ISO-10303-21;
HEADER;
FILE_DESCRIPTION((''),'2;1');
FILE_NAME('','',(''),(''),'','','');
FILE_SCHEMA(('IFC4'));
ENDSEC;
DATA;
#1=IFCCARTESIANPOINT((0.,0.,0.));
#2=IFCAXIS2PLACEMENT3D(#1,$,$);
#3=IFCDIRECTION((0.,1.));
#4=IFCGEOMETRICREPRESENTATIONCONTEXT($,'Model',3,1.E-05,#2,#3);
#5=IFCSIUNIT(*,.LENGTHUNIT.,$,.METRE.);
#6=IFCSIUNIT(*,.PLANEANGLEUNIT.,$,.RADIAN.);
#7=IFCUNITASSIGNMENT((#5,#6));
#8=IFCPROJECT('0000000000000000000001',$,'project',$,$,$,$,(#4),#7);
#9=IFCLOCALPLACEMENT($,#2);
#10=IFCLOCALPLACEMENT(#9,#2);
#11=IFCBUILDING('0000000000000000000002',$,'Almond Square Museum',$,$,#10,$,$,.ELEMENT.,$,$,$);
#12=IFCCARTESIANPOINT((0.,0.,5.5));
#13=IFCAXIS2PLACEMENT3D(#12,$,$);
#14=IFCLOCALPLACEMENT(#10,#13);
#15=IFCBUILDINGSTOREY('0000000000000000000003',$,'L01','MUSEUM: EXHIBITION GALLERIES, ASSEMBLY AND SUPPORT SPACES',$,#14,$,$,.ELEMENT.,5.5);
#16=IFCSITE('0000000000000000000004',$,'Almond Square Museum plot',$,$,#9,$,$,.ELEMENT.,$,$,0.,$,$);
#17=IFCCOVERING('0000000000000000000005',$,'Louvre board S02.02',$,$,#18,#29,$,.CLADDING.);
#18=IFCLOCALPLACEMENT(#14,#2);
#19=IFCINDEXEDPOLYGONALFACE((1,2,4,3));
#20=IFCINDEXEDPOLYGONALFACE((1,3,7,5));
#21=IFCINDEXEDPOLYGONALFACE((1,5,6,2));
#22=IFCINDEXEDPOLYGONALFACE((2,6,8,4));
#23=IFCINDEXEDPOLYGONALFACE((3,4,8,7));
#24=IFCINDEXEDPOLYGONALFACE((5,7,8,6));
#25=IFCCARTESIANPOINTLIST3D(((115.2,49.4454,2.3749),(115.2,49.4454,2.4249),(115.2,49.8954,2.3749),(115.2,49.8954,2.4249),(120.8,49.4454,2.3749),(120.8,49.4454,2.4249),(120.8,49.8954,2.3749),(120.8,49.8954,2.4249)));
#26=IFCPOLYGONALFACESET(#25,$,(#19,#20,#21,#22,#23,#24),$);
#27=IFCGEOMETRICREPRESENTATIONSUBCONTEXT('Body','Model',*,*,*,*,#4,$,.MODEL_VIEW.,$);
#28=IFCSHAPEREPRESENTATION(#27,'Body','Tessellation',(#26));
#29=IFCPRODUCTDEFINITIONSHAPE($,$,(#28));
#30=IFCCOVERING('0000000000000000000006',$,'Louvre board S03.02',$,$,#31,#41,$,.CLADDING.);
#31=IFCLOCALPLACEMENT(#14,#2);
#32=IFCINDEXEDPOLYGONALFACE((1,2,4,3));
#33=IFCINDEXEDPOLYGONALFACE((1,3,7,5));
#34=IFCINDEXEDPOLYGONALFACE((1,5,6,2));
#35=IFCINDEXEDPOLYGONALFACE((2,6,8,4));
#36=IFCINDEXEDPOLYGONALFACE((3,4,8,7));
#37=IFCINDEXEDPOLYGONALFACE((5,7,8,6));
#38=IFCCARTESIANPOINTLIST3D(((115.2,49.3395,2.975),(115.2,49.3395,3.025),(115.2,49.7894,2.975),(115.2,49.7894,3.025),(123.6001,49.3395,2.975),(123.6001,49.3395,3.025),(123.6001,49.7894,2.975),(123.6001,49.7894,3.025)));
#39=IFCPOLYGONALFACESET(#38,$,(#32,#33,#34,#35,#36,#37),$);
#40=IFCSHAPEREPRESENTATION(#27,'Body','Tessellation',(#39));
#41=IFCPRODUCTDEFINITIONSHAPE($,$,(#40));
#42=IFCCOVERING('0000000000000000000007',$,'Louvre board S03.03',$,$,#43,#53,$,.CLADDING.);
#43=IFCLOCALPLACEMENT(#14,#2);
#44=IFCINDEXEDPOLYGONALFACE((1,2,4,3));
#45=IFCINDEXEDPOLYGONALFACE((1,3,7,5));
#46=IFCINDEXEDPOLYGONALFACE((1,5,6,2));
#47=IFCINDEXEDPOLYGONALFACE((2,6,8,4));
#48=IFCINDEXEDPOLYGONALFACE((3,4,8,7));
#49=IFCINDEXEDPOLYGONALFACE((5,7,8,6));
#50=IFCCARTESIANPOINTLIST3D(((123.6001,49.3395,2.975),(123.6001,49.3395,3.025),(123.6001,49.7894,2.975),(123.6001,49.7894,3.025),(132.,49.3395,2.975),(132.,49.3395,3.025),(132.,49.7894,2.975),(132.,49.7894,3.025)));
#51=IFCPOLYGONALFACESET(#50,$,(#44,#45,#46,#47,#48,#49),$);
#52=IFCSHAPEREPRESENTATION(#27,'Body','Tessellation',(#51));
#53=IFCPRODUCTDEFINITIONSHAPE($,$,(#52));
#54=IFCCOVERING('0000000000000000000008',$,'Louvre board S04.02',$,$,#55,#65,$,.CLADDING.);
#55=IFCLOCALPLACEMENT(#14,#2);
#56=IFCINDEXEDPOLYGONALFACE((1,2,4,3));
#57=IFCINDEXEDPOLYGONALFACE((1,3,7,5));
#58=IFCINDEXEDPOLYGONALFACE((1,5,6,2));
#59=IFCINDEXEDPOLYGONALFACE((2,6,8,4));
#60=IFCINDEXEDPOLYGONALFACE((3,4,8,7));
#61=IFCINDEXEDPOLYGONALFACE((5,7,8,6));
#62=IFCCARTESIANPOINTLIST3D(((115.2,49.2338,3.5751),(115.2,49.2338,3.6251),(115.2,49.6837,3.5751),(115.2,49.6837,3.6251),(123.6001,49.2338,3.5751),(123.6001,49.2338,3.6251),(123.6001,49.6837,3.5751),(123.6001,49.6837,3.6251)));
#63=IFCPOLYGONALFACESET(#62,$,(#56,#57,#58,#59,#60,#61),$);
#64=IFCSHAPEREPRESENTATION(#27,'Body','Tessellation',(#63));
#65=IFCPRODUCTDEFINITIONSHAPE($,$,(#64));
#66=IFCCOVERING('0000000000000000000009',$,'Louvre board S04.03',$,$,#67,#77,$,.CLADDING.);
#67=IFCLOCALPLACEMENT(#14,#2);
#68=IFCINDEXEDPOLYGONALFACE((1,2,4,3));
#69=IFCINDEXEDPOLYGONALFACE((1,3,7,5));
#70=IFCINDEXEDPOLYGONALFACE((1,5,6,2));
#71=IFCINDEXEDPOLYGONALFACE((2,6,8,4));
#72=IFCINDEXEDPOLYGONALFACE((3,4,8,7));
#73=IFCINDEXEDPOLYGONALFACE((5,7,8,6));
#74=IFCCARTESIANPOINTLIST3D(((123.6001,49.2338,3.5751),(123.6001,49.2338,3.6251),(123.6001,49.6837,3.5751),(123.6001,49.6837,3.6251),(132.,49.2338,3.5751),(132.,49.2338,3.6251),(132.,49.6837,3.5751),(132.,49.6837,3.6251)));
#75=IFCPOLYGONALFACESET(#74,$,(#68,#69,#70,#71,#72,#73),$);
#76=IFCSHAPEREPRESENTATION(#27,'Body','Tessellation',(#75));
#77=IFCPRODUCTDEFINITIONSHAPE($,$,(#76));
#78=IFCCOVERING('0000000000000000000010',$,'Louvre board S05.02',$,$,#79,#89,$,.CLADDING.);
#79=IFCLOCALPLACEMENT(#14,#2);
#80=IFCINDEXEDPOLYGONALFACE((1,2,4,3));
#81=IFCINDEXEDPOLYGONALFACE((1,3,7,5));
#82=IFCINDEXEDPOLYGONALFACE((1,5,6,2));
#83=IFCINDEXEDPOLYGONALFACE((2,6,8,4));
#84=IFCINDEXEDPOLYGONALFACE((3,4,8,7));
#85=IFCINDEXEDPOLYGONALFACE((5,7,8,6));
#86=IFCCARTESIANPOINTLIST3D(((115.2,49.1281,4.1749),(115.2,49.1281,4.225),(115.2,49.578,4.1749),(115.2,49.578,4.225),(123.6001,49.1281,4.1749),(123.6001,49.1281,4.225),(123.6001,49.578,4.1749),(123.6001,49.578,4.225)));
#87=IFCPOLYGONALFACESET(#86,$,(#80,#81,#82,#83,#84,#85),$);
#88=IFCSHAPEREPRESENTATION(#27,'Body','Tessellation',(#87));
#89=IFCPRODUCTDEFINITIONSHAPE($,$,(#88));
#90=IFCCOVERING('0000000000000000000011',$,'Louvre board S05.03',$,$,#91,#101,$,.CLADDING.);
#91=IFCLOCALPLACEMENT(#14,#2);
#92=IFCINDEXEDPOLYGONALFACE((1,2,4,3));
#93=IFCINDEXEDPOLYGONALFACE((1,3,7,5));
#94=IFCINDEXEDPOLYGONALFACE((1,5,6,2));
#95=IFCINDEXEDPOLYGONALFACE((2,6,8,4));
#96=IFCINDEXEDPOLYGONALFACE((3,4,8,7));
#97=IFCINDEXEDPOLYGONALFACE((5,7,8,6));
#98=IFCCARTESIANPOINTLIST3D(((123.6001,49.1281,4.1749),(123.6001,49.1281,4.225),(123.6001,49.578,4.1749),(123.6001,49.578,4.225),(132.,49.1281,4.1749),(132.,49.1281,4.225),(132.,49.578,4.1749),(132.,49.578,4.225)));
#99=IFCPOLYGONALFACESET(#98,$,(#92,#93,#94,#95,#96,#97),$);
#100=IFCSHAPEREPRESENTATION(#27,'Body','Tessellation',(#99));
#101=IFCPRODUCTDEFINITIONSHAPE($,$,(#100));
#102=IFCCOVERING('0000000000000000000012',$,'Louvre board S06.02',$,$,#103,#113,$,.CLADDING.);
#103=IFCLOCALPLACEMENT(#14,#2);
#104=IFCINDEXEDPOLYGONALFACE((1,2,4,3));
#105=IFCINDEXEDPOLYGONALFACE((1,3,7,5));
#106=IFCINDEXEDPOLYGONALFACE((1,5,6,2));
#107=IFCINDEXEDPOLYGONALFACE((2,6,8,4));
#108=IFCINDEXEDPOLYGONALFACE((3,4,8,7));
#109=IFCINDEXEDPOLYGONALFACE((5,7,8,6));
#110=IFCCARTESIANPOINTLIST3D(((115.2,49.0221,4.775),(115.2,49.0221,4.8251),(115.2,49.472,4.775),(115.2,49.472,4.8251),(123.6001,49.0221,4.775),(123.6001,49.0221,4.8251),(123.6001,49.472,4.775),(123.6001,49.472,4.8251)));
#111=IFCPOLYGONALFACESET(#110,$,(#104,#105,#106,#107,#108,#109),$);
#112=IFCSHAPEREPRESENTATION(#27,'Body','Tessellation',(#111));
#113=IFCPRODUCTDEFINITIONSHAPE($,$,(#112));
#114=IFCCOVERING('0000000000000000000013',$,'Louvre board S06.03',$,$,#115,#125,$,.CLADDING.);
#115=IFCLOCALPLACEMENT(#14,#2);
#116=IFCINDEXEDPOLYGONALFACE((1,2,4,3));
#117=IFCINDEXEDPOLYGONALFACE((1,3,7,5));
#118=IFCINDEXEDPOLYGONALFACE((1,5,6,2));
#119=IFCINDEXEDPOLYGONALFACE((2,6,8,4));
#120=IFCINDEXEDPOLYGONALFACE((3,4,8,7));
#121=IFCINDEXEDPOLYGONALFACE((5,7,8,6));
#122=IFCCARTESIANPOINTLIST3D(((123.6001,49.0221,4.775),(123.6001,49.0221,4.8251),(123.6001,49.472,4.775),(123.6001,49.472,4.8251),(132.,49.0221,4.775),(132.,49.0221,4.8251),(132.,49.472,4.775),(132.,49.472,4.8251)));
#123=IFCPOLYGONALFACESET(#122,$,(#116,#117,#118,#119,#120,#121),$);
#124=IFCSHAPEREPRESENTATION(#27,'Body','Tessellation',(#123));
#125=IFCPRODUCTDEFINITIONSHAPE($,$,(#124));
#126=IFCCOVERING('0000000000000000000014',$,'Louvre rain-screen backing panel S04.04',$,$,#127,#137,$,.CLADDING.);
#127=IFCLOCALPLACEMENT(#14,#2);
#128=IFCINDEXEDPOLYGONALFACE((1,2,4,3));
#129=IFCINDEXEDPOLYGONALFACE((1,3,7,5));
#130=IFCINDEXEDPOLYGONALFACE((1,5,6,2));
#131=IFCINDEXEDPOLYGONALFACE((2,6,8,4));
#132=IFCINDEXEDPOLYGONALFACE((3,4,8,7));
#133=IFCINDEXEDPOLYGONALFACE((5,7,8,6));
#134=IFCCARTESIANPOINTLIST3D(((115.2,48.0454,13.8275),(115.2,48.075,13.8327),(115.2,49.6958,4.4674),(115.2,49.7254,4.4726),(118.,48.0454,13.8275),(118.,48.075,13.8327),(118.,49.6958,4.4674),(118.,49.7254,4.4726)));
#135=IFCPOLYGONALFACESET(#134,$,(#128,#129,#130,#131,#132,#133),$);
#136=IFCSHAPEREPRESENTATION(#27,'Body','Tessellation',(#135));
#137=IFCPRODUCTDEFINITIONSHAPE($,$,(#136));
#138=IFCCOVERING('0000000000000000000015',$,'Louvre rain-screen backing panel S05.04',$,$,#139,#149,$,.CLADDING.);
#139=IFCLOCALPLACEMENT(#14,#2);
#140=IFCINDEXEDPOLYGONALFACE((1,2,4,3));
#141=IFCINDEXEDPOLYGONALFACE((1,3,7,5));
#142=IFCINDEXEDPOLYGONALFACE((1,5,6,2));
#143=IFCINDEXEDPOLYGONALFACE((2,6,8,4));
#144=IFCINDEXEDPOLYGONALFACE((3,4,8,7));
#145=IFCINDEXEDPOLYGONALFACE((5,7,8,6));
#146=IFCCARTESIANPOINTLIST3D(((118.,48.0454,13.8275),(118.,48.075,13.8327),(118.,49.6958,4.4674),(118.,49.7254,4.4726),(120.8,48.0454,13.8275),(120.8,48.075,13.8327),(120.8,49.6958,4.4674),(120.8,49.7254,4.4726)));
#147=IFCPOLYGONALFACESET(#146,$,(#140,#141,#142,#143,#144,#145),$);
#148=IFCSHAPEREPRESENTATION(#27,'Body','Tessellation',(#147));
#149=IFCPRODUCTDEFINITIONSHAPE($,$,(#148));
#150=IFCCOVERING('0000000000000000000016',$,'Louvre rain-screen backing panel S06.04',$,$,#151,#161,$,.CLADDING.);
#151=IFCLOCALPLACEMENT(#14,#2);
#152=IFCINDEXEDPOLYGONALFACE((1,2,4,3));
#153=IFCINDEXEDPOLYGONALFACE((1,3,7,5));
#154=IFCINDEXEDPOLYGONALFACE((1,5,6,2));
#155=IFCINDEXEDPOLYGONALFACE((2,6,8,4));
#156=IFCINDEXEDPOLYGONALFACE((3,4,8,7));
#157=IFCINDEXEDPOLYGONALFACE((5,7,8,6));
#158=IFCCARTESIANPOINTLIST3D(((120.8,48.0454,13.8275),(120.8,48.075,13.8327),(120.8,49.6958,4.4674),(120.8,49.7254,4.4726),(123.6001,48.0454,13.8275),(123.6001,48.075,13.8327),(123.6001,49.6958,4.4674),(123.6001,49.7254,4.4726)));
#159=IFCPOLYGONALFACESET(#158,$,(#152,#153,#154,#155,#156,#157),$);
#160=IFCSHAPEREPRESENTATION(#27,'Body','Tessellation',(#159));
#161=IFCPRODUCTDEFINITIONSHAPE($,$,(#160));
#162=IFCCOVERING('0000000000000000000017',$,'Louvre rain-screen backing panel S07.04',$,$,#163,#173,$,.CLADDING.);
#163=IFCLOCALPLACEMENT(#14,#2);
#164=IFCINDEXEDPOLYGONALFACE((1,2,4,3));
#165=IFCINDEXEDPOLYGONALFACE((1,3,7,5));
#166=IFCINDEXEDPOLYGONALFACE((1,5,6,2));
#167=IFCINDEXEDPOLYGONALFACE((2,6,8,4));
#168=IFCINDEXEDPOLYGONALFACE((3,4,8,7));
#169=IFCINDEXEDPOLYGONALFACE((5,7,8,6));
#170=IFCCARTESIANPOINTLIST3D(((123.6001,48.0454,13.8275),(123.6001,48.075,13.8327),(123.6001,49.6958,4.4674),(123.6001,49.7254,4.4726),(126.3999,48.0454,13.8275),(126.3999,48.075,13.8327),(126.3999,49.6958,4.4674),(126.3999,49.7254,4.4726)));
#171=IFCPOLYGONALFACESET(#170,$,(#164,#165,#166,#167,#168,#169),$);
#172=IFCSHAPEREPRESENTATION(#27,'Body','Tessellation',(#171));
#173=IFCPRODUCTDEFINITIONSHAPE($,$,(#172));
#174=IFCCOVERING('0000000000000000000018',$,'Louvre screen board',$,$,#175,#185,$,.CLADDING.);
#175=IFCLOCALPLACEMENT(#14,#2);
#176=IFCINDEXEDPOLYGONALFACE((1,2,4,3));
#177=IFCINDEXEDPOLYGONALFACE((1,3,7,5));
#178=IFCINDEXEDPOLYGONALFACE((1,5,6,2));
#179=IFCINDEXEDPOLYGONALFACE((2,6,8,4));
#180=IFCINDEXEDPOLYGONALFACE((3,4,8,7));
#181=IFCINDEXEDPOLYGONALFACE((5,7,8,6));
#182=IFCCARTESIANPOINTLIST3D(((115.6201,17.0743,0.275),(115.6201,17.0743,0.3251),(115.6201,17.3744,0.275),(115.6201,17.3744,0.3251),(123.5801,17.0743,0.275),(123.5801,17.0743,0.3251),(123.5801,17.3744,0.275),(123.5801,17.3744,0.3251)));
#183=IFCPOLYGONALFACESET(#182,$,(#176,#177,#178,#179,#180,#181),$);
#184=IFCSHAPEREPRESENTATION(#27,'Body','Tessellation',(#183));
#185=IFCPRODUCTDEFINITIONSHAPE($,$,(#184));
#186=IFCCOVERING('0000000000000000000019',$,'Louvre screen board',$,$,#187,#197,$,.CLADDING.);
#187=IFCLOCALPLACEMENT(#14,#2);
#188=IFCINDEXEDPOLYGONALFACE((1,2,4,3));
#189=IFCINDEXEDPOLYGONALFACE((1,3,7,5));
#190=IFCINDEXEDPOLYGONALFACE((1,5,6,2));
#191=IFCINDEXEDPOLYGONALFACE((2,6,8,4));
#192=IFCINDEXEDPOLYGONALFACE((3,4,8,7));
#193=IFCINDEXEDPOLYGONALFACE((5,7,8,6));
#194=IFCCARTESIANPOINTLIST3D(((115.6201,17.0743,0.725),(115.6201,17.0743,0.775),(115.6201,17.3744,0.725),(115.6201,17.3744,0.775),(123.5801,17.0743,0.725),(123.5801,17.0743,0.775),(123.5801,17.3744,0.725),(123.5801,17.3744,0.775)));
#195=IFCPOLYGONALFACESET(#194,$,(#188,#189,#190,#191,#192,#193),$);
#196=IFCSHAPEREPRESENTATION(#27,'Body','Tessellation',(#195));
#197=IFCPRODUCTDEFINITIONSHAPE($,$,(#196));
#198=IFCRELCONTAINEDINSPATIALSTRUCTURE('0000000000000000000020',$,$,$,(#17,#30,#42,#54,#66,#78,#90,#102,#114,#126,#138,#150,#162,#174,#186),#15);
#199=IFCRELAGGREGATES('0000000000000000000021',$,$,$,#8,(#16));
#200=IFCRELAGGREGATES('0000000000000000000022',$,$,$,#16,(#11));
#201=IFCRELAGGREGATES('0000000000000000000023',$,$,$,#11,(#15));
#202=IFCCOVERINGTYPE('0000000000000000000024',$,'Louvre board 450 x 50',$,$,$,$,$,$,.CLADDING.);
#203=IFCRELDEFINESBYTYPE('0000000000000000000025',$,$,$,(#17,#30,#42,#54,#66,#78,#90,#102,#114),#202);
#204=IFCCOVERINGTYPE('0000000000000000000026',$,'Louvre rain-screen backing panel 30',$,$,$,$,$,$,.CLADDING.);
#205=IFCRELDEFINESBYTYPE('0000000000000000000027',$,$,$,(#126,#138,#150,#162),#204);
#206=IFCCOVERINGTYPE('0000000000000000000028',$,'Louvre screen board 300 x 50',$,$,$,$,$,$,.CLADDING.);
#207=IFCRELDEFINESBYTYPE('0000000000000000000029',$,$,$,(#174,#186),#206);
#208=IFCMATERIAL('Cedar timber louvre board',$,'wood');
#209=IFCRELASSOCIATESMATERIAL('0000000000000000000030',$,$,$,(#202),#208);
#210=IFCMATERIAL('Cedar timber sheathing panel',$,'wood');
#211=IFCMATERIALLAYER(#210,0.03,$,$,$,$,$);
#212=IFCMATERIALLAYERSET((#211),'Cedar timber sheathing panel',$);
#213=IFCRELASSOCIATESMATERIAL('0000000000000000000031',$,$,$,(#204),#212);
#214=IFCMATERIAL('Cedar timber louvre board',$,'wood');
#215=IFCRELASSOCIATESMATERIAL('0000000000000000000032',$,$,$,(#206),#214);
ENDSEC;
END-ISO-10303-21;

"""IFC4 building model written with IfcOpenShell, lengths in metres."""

from ifc_helpers import new_model, si_unit, direction, frame, origin, origin_2d, place, context, subcontext, project, spatial, polyline, rectangle, outline, extrude, material, layer, layer_set, material_profile, profile_set, type_object, element, save


model = new_model("IFC4")

# Units and contexts
model_context = context("Model", 3, precision=1e-05, world=origin(), true_north=direction((0.0, 1.0)))
body_context = subcontext(model_context, "Body", "Model", "MODEL_VIEW")
ifc_project = project(units=[si_unit("LENGTHUNIT", "METRE"), si_unit("PLANEANGLEUNIT", "RADIAN")], contexts=[model_context])

# Site, building, storey
site_placement = place(None, origin())
site = spatial("IfcSite", under=ifc_project, at=site_placement, Name="Almond Square Museum plot", CompositionType="ELEMENT", RefElevation=0.0)
building_placement = place(site_placement, origin())
building = spatial("IfcBuilding", under=site, at=building_placement, Name="Almond Square Museum", CompositionType="ELEMENT")
storey_placement = place(building_placement, frame((0.0, 0.0, 5.5)))
storey = spatial("IfcBuildingStorey", under=building, at=storey_placement, Name="L01", Description="MUSEUM: EXHIBITION GALLERIES, ASSEMBLY AND SUPPORT SPACES", CompositionType="ELEMENT", Elevation=5.5)

# Coverings
ifc_material_1 = material(Name="Cedar timber louvre board", Category="wood")
ifc_material_profile_1 = material_profile(ifc_material_1, rectangle(XDim=0.45, YDim=0.05, at=origin_2d()))
ifc_profile_set_1 = profile_set([ifc_material_profile_1], Name="Cedar timber louvre board")
covering_type_1 = type_object("IfcCoveringType", Name="Louvre board 450 x 50", PredefinedType="CLADDING", material=ifc_profile_set_1)
covering_1_placement = place(storey_placement, frame((115.2, 49.6704, 2.3999), z_axis=(1.0, 0.0, 0.0), x_axis=(0.0, 1.0, 0.0)))
element("IfcCovering", 1, at=covering_1_placement, inside=storey, type_object=covering_type_1, Name="Louvre board S02.02", PredefinedType="CLADDING", context=body_context, shape_type="SweptSolid", body=[
    extrude(rectangle(XDim=0.45, YDim=0.05, at=origin_2d()), origin(), (0.0, 0.0, 1.0), 5.6001),
])
covering_2_placement = place(storey_placement, frame((115.2, 49.5645, 3.0), z_axis=(1.0, 0.0, 0.0), x_axis=(0.0, 1.0, 0.0)))
element("IfcCovering", 2, at=covering_2_placement, inside=storey, type_object=covering_type_1, Name="Louvre board S03.02", PredefinedType="CLADDING", context=body_context, shape_type="SweptSolid", body=[
    extrude(rectangle(XDim=0.45, YDim=0.05, at=origin_2d()), origin(), (0.0, 0.0, 1.0), 8.4001),
])
covering_3_placement = place(storey_placement, frame((123.6001, 49.5645, 3.0), z_axis=(1.0, 0.0, 0.0), x_axis=(0.0, 1.0, 0.0)))
element("IfcCovering", 3, at=covering_3_placement, inside=storey, type_object=covering_type_1, Name="Louvre board S03.03", PredefinedType="CLADDING", context=body_context, shape_type="SweptSolid", body=[
    extrude(rectangle(XDim=0.45, YDim=0.05, at=origin_2d()), origin(), (0.0, 0.0, 1.0), 8.3999),
])
covering_4_placement = place(storey_placement, frame((115.2, 49.4587, 3.6001), z_axis=(1.0, 0.0, 0.0), x_axis=(0.0, 1.0, 0.0)))
element("IfcCovering", 4, at=covering_4_placement, inside=storey, type_object=covering_type_1, Name="Louvre board S04.02", PredefinedType="CLADDING", context=body_context, shape_type="SweptSolid", body=[
    extrude(rectangle(XDim=0.45, YDim=0.05, at=origin_2d()), origin(), (0.0, 0.0, 1.0), 8.4001),
])
covering_5_placement = place(storey_placement, frame((123.6001, 49.4587, 3.6001), z_axis=(1.0, 0.0, 0.0), x_axis=(0.0, 1.0, 0.0)))
element("IfcCovering", 5, at=covering_5_placement, inside=storey, type_object=covering_type_1, Name="Louvre board S04.03", PredefinedType="CLADDING", context=body_context, shape_type="SweptSolid", body=[
    extrude(rectangle(XDim=0.45, YDim=0.05, at=origin_2d()), origin(), (0.0, 0.0, 1.0), 8.3999),
])
covering_6_placement = place(storey_placement, frame((115.2, 49.353, 4.2), z_axis=(1.0, 0.0, 0.0), x_axis=(0.0, 1.0, 0.0)))
element("IfcCovering", 6, at=covering_6_placement, inside=storey, type_object=covering_type_1, Name="Louvre board S05.02", PredefinedType="CLADDING", context=body_context, shape_type="SweptSolid", body=[
    extrude(rectangle(XDim=0.45, YDim=0.05, at=origin_2d()), origin(), (0.0, 0.0, 1.0), 8.4001),
])
covering_7_placement = place(storey_placement, frame((123.6001, 49.353, 4.2), z_axis=(1.0, 0.0, 0.0), x_axis=(0.0, 1.0, 0.0)))
element("IfcCovering", 7, at=covering_7_placement, inside=storey, type_object=covering_type_1, Name="Louvre board S05.03", PredefinedType="CLADDING", context=body_context, shape_type="SweptSolid", body=[
    extrude(rectangle(XDim=0.45, YDim=0.05, at=origin_2d()), origin(), (0.0, 0.0, 1.0), 8.3999),
])
covering_8_placement = place(storey_placement, frame((115.2, 49.2471, 4.8), z_axis=(1.0, 0.0, 0.0), x_axis=(0.0, 1.0, 0.0)))
element("IfcCovering", 8, at=covering_8_placement, inside=storey, type_object=covering_type_1, Name="Louvre board S06.02", PredefinedType="CLADDING", context=body_context, shape_type="SweptSolid", body=[
    extrude(rectangle(XDim=0.45, YDim=0.05, at=origin_2d()), origin(), (0.0, 0.0, 1.0), 8.4001),
])
covering_9_placement = place(storey_placement, frame((123.6001, 49.2471, 4.8), z_axis=(1.0, 0.0, 0.0), x_axis=(0.0, 1.0, 0.0)))
element("IfcCovering", 9, at=covering_9_placement, inside=storey, type_object=covering_type_1, Name="Louvre board S06.03", PredefinedType="CLADDING", context=body_context, shape_type="SweptSolid", body=[
    extrude(rectangle(XDim=0.45, YDim=0.05, at=origin_2d()), origin(), (0.0, 0.0, 1.0), 8.3999),
])
ifc_material_2 = material(Name="Cedar timber sheathing panel", Category="wood")
ifc_layer = layer(ifc_material_2, 0.03)
ifc_layer_set = layer_set([ifc_layer], Name="Cedar timber sheathing panel")
covering_type_2 = type_object("IfcCoveringType", Name="Louvre rain-screen backing panel 30", PredefinedType="CLADDING", material=ifc_layer_set)
for number, where, z_axis, x_axis, name in (
    (10, (115.2, 49.7104, 4.47), (0.0, -0.984809, -0.173643), (1.0, 0.0, 0.0), "Louvre rain-screen backing panel S04.04"),
    (11, (118.0, 49.7104, 4.47), (0.0, -0.984809, -0.173643), (1.0, 0.0, 0.0), "Louvre rain-screen backing panel S05.04"),
    (12, (120.8, 49.7104, 4.47), (0.0, -0.984809, -0.173643), (1.0, 0.0, 0.0), "Louvre rain-screen backing panel S06.04"),
):
    element("IfcCovering", number, at=place(storey_placement, frame(where, z_axis=z_axis, x_axis=x_axis)), inside=storey, type_object=covering_type_2, Name=name, PredefinedType="CLADDING", context=body_context, shape_type="SweptSolid", body=[
        extrude(outline(polyline([(0.0, 0.0), (2.8, 0.0), (2.8, 9.5045), (0.0, 9.5045), (0.0, 0.0)])), frame((0.0, 0.0, -0.0151)), (0.0, 0.0, 1.0), 0.03),
    ])
covering_10_placement = place(storey_placement, frame((123.6001, 49.7104, 4.47), z_axis=(0.0, -0.984809, -0.173643), x_axis=(1.0, 0.0, 0.0)))
element("IfcCovering", 13, at=covering_10_placement, inside=storey, type_object=covering_type_2, Name="Louvre rain-screen backing panel S07.04", PredefinedType="CLADDING", context=body_context, shape_type="SweptSolid", body=[
    extrude(outline(polyline([(0.0, 0.0), (2.7998, 0.0), (2.7998, 9.5045), (0.0, 9.5045), (0.0, 0.0)])), frame((0.0, 0.0, -0.0151)), (0.0, 0.0, 1.0), 0.03),
])
ifc_material_3 = material(Name="Cedar timber louvre board", Category="wood")
ifc_material_profile_2 = material_profile(ifc_material_3, rectangle(XDim=0.3, YDim=0.05, at=origin_2d()))
ifc_profile_set_2 = profile_set([ifc_material_profile_2], Name="Cedar timber louvre board")
covering_type_3 = type_object("IfcCoveringType", Name="Louvre screen board 300 x 50", PredefinedType="CLADDING", material=ifc_profile_set_2)
for number, where, z_axis, x_axis, name in (
    (14, (115.6201, 17.2244, 0.3), (1.0, 0.0, 0.0), (0.0, 1.0, 0.0), "Louvre screen board"),
    (15, (115.6201, 17.2244, 0.75), (1.0, 0.0, 0.0), (0.0, 1.0, 0.0), "Louvre screen board"),
):
    element("IfcCovering", number, at=place(storey_placement, frame(where, z_axis=z_axis, x_axis=x_axis)), inside=storey, type_object=covering_type_3, Name=name, PredefinedType="CLADDING", context=body_context, shape_type="SweptSolid", body=[
        extrude(rectangle(XDim=0.3, YDim=0.05, at=origin_2d()), origin(), (0.0, 0.0, 1.0), 7.96),
    ])

save(model, "model.ifc")
